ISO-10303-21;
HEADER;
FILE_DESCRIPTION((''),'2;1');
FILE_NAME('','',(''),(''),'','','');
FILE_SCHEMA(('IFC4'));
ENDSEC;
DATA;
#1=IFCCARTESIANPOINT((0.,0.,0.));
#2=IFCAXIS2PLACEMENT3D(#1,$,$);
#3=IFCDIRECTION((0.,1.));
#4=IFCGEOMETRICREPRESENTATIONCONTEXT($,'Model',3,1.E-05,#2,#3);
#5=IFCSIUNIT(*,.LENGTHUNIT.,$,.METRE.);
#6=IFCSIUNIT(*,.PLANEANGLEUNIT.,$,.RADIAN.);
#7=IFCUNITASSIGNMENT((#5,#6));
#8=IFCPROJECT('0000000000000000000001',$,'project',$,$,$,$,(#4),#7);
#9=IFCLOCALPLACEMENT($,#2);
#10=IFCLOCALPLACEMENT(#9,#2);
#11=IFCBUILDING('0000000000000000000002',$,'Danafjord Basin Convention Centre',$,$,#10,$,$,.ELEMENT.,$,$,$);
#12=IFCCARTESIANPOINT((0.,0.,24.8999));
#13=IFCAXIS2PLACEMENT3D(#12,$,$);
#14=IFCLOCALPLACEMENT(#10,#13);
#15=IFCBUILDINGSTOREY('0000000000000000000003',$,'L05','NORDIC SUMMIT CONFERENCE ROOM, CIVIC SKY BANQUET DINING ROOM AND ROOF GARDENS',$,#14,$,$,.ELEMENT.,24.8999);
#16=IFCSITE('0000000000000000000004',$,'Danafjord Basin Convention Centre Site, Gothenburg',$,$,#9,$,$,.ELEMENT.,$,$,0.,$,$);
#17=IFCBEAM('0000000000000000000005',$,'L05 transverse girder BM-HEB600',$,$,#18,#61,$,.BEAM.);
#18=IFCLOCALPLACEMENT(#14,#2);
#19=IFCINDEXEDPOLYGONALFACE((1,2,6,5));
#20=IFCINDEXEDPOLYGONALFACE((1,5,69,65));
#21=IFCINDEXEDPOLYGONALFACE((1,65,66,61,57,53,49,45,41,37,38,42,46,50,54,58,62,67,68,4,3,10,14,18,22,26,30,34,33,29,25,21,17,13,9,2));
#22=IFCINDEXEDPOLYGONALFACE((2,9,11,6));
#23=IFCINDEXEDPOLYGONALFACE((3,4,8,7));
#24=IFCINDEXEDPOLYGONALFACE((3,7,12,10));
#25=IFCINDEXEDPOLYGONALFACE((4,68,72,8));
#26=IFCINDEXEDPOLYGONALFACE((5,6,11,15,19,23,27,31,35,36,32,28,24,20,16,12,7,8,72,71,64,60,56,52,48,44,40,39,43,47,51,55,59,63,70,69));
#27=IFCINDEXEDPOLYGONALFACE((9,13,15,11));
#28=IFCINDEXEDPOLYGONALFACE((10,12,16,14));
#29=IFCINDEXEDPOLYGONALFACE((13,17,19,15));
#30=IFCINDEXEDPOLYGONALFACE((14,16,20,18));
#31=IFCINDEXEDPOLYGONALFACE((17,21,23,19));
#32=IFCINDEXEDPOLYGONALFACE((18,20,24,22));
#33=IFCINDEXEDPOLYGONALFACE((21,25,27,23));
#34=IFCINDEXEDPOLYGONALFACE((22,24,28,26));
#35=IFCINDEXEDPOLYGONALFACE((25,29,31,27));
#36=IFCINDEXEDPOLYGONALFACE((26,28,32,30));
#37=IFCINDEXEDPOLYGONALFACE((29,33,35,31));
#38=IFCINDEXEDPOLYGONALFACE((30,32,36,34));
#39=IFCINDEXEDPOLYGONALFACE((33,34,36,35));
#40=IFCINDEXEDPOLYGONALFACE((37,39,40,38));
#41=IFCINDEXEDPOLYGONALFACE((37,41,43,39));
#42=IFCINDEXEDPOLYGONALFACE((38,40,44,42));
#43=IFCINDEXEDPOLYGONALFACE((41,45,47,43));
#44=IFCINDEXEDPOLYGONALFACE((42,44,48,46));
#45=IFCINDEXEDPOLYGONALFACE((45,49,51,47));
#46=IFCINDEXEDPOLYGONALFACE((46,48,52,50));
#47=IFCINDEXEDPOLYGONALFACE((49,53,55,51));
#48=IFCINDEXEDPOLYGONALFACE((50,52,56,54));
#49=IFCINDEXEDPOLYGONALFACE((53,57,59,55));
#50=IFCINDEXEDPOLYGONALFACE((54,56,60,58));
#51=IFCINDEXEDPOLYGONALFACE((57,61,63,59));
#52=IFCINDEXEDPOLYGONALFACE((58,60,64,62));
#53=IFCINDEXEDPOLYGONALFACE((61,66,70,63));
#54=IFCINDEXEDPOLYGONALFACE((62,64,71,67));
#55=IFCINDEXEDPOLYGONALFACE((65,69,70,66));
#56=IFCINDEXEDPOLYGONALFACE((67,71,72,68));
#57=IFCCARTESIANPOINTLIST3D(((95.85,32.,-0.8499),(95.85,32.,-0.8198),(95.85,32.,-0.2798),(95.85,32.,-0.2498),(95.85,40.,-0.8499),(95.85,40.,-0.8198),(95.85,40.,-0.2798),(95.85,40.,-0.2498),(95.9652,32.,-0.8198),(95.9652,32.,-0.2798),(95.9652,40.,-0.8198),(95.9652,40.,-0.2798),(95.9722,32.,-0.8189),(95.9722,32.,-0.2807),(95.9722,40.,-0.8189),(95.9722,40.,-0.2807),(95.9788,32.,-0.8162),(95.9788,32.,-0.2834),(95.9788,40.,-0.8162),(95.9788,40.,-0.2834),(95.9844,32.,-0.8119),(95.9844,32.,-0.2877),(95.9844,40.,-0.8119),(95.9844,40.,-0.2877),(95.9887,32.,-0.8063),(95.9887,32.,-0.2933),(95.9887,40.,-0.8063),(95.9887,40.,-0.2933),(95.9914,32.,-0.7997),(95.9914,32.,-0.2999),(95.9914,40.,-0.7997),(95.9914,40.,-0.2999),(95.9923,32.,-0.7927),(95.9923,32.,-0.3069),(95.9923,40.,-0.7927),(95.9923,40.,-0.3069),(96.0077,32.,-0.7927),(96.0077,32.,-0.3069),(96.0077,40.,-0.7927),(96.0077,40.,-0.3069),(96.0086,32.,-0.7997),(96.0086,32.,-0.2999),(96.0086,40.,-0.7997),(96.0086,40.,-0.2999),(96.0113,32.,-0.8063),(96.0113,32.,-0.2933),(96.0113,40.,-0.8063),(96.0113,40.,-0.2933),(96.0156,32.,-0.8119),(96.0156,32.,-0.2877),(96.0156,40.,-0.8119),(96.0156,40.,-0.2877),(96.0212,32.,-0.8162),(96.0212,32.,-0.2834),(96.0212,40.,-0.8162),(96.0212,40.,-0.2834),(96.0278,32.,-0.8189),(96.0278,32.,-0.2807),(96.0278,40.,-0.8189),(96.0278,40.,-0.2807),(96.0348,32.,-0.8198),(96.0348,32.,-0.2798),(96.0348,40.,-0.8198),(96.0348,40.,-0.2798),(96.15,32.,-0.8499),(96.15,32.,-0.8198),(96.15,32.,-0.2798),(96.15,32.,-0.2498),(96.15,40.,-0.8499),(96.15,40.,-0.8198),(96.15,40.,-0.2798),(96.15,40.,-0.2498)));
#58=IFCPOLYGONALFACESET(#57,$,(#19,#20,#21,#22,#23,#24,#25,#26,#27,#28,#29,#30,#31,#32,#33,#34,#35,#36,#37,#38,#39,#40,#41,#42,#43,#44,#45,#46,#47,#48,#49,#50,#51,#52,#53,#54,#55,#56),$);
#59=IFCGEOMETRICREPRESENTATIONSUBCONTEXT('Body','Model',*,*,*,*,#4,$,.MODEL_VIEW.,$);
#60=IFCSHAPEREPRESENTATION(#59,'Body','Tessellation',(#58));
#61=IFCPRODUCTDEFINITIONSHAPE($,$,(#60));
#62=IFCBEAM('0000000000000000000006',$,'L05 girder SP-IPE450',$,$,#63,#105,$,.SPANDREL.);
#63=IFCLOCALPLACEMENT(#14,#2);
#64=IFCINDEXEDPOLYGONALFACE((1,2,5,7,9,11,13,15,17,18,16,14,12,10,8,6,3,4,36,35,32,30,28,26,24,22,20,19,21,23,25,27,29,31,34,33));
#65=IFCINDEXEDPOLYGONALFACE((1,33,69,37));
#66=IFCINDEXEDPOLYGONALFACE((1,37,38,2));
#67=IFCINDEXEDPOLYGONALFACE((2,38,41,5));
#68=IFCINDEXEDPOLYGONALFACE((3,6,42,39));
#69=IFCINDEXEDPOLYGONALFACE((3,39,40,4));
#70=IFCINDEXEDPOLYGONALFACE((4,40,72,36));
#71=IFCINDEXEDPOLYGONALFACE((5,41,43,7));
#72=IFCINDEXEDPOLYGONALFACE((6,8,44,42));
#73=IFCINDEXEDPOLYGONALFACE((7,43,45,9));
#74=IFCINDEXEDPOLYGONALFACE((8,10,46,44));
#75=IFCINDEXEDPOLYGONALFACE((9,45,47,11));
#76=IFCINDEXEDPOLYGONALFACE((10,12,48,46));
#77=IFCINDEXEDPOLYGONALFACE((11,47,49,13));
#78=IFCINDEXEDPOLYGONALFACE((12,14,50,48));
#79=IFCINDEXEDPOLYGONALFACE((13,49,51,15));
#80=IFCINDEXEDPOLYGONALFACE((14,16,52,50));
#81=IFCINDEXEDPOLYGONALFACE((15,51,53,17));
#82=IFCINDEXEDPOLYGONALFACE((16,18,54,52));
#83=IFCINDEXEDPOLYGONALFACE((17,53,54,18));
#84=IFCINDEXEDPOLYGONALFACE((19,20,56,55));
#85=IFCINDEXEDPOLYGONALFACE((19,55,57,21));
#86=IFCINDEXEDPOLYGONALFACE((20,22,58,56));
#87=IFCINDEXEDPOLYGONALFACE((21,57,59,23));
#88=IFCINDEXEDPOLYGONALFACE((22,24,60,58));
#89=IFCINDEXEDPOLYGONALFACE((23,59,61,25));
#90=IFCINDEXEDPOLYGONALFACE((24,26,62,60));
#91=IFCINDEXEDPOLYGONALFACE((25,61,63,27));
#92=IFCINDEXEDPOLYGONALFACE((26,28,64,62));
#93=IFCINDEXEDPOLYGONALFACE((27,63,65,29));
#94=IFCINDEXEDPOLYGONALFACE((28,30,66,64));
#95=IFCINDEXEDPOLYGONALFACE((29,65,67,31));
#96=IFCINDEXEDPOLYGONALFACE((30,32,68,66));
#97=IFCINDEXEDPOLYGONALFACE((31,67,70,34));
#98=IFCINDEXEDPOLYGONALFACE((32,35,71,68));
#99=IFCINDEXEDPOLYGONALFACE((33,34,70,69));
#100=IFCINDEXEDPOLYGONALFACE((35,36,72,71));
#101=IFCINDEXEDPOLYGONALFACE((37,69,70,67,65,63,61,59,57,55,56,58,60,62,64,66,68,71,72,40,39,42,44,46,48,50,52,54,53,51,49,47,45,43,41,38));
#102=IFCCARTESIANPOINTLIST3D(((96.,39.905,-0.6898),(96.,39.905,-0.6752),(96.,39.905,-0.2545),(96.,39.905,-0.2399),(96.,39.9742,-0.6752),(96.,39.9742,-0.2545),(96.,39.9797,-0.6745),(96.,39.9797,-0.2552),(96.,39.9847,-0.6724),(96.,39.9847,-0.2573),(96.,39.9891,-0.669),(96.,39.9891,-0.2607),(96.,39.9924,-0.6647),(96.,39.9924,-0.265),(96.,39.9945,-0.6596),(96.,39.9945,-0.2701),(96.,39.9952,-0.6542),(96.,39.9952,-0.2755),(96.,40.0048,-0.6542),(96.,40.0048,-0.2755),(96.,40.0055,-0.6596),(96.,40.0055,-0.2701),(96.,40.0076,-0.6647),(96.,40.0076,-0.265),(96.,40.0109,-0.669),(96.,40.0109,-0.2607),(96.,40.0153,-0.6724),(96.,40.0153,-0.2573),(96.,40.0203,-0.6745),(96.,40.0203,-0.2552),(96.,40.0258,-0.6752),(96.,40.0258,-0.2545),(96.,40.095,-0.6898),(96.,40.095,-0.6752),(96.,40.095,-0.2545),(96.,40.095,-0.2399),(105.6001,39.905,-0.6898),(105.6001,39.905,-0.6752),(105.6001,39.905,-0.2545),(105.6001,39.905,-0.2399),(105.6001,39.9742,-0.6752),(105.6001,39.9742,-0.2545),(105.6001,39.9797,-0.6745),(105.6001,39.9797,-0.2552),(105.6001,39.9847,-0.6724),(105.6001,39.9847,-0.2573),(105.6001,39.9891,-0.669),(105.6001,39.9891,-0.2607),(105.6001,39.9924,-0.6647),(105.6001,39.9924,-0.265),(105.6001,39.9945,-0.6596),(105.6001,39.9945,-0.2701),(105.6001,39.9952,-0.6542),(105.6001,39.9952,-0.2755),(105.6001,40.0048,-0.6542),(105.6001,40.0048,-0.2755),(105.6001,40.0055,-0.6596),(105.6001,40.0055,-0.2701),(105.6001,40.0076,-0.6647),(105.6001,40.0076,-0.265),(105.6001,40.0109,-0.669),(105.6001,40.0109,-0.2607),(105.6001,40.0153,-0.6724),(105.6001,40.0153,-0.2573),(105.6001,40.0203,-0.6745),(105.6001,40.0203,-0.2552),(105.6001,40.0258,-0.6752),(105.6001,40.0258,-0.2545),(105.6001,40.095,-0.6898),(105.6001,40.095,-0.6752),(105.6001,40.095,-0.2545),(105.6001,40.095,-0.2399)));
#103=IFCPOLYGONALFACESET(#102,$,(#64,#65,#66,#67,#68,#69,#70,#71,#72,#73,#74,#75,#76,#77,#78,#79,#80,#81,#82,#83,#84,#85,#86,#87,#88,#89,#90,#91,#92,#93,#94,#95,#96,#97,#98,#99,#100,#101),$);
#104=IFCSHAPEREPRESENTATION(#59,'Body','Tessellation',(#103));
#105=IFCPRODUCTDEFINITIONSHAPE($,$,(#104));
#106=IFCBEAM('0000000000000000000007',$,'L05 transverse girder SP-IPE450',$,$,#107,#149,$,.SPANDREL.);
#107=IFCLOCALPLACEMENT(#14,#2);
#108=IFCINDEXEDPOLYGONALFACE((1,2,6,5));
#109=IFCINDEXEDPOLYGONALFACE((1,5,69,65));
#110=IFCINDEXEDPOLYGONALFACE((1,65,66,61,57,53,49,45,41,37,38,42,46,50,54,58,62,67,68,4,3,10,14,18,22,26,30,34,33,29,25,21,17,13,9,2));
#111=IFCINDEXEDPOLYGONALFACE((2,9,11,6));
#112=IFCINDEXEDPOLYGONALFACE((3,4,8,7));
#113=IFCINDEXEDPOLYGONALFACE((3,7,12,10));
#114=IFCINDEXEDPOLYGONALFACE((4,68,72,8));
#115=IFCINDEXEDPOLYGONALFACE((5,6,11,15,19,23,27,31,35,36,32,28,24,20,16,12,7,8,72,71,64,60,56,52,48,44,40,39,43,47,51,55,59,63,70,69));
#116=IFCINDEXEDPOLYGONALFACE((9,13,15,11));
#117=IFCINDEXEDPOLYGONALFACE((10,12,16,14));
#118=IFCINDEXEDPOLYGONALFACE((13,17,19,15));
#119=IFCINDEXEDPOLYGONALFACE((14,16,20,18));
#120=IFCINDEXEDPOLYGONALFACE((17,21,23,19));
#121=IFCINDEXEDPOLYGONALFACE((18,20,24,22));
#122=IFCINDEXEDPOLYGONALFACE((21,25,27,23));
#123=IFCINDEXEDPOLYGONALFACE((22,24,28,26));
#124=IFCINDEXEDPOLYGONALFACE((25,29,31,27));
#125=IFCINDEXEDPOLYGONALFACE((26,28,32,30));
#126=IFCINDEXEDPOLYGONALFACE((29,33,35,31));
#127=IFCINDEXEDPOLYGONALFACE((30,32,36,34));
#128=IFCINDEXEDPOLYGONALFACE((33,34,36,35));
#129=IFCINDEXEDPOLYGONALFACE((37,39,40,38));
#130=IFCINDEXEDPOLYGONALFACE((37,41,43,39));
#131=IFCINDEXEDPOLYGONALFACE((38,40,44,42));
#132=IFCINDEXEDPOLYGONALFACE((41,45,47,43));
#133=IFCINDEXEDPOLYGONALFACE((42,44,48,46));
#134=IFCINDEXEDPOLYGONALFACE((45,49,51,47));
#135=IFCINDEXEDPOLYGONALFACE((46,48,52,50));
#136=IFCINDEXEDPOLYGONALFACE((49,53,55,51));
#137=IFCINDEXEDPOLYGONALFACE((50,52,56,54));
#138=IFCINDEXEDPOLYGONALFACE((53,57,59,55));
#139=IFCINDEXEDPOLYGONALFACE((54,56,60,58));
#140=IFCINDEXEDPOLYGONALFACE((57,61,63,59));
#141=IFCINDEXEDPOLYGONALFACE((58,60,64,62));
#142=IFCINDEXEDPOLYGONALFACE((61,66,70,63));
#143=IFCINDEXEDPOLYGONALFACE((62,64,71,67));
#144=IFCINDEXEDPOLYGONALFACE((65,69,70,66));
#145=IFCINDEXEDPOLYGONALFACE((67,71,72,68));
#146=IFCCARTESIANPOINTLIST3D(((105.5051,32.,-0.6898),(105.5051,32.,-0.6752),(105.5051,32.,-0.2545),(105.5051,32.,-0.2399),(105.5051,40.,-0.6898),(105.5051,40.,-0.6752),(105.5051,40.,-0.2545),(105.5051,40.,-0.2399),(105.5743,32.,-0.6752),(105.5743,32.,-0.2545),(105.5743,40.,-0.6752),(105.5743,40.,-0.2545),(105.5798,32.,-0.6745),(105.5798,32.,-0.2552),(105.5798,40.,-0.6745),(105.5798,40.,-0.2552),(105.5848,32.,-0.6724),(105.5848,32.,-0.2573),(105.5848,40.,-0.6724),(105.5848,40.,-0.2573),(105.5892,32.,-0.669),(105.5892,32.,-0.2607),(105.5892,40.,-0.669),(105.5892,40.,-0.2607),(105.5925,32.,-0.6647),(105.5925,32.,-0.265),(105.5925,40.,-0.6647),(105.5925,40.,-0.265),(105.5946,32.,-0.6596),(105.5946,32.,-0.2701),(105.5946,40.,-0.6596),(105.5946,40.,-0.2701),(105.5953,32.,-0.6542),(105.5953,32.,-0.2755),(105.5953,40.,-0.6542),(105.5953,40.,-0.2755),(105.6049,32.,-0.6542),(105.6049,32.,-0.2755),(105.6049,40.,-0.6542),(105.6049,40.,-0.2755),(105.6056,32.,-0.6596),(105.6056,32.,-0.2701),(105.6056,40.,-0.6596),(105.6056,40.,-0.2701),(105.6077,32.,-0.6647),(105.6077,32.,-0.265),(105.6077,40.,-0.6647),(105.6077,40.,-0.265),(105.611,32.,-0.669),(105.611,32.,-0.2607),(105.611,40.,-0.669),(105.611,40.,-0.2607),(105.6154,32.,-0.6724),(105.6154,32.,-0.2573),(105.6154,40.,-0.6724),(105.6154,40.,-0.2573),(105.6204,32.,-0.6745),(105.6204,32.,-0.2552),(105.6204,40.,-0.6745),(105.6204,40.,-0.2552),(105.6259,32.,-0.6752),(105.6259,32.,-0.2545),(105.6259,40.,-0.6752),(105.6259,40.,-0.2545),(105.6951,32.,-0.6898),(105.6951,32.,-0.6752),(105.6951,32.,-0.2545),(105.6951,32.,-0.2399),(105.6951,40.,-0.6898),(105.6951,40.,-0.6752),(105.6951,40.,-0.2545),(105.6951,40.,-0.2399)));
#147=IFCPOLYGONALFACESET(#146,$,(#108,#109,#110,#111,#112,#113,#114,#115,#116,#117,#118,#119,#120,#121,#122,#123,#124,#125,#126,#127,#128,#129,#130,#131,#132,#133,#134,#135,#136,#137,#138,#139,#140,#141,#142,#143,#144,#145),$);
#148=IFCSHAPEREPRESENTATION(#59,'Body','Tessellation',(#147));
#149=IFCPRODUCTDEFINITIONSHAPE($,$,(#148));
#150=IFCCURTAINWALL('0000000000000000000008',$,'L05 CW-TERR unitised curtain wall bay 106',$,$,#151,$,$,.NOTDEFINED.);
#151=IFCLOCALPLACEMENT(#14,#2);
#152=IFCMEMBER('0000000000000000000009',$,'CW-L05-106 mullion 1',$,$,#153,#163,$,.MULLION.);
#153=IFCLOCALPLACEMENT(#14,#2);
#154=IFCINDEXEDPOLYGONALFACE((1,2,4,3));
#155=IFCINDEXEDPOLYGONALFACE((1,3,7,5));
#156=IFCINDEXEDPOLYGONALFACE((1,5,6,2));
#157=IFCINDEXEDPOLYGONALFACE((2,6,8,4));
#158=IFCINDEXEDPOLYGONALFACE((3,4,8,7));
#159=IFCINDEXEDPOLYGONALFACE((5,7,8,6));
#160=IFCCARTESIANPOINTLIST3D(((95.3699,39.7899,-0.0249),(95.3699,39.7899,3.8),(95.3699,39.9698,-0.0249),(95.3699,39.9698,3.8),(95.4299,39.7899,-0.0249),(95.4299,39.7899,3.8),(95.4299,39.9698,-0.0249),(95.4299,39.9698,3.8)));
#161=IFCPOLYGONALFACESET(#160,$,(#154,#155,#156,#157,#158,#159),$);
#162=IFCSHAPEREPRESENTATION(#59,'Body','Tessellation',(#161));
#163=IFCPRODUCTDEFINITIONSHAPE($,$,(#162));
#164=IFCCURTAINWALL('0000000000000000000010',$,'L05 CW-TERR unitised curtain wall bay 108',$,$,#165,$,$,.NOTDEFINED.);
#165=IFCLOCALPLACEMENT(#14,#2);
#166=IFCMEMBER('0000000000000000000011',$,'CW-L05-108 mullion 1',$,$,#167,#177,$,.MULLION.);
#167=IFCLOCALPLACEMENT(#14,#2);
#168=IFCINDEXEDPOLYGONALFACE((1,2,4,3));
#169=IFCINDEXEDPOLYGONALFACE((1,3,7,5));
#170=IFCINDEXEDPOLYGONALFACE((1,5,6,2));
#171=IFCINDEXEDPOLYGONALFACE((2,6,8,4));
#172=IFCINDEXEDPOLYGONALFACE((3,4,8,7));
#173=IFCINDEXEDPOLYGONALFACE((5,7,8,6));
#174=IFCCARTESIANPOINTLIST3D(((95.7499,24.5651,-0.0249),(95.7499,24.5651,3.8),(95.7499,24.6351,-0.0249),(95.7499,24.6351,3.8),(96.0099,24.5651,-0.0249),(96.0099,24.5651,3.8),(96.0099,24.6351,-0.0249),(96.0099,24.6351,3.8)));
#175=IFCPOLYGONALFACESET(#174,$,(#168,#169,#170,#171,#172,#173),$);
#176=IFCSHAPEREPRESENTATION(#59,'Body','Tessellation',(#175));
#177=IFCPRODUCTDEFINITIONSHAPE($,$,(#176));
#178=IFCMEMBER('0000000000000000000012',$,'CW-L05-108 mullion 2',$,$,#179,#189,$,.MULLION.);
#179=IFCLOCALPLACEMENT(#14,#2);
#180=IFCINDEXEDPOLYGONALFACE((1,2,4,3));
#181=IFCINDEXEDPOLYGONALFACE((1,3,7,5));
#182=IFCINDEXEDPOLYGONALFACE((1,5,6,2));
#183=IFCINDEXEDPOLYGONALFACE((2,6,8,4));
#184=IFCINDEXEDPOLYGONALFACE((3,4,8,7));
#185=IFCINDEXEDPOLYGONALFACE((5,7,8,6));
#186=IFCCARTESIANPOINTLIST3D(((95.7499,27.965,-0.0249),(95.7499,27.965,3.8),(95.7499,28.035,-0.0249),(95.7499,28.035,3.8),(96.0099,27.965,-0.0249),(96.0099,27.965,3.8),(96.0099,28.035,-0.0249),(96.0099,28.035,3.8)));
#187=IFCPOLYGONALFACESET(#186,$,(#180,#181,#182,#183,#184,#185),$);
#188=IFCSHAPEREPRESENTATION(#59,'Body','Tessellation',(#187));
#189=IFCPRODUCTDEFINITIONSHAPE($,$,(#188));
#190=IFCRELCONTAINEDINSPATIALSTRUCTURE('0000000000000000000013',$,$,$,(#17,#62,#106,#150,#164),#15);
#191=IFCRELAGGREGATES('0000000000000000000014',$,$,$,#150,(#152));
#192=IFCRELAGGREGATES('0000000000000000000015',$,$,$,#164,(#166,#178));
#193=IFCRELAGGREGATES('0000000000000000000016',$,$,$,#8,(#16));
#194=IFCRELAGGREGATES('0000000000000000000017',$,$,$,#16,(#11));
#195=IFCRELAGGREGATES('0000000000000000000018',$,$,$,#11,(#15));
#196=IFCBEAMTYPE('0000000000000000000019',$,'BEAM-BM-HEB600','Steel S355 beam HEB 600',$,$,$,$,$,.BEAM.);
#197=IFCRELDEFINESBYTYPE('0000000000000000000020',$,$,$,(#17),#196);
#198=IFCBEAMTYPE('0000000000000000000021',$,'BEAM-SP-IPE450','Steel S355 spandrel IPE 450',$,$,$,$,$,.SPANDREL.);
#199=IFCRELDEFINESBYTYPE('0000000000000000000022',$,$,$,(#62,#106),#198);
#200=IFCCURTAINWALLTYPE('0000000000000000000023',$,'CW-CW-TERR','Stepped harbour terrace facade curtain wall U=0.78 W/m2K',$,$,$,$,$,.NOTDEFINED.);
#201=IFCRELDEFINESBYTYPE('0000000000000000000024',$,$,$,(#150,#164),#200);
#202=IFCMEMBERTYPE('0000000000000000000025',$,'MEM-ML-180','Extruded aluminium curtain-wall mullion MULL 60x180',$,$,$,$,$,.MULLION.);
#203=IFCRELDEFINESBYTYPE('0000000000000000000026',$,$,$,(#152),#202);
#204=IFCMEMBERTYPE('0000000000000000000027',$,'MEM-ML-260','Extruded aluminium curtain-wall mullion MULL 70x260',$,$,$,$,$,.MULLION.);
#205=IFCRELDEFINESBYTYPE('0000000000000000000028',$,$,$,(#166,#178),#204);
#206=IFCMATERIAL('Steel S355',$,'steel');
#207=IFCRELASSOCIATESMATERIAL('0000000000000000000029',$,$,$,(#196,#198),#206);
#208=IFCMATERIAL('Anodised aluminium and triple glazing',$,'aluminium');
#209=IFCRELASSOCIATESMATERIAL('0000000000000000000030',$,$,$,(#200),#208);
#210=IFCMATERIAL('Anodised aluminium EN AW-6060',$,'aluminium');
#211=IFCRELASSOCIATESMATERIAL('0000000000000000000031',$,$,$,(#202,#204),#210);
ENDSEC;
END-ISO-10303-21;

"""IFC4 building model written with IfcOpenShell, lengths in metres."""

from ifc_helpers import new_model, si_unit, direction, frame, origin, origin_2d, place, context, subcontext, project, spatial, rectangle, i_section, extrude, material, material_profile, profile_set, type_object, element, aggregate, save


model = new_model("IFC4")

# Units and contexts
model_context = context("Model", 3, precision=1e-05, world=origin(), true_north=direction((0.0, 1.0)))
body_context = subcontext(model_context, "Body", "Model", "MODEL_VIEW")
ifc_project = project(units=[si_unit("LENGTHUNIT", "METRE"), si_unit("PLANEANGLEUNIT", "RADIAN")], contexts=[model_context])

# Site, building, storey
site_placement = place(None, origin())
site = spatial("IfcSite", under=ifc_project, at=site_placement, Name="Danafjord Basin Convention Centre Site, Gothenburg", CompositionType="ELEMENT", RefElevation=0.0)
building_placement = place(site_placement, origin())
building = spatial("IfcBuilding", under=site, at=building_placement, Name="Danafjord Basin Convention Centre", CompositionType="ELEMENT")
storey_placement = place(building_placement, frame((0.0, 0.0, 24.8999)))
storey = spatial("IfcBuildingStorey", under=building, at=storey_placement, Name="L05", Description="NORDIC SUMMIT CONFERENCE ROOM, CIVIC SKY BANQUET DINING ROOM AND ROOF GARDENS", CompositionType="ELEMENT", Elevation=24.8999)

# Shared definitions
ifc_material_1 = material(Name="Steel S355", Category="steel")

# Beams
ifc_material_profile_1 = material_profile(ifc_material_1, i_section(OverallWidth=0.3, OverallDepth=0.6001, WebThickness=0.0154, FlangeThickness=0.03, FilletRadius=0.0271, at=origin_2d()), Name="HEB 600")
ifc_profile_set_1 = profile_set([ifc_material_profile_1], Name="Steel S355")
beam_type_1 = type_object("IfcBeamType", Name="BEAM-BM-HEB600", Description="Steel S355 beam HEB 600", PredefinedType="BEAM", material=ifc_profile_set_1)
beam_1_placement = place(storey_placement, frame((96.0, 32.0, -0.5498), z_axis=(0.0, 1.0, 0.0), x_axis=(-1.0, 0.0, 0.0)))
element("IfcBeam", 1, at=beam_1_placement, inside=storey, type_object=beam_type_1, Name="L05 transverse girder BM-HEB600", PredefinedType="BEAM", context=body_context, shape_type="SweptSolid", body=[
    extrude(i_section(OverallWidth=0.3, OverallDepth=0.6001, WebThickness=0.0154, FlangeThickness=0.03, FilletRadius=0.0271, at=origin_2d()), origin(), (0.0, 0.0, 1.0), 8.0),
])
ifc_material_profile_2 = material_profile(ifc_material_1, i_section(OverallWidth=0.1899, OverallDepth=0.45, WebThickness=0.0095, FlangeThickness=0.0146, FilletRadius=0.021, at=origin_2d()), Name="IPE 450")
ifc_profile_set_2 = profile_set([ifc_material_profile_2], Name="Steel S355")
beam_type_2 = type_object("IfcBeamType", Name="BEAM-SP-IPE450", Description="Steel S355 spandrel IPE 450", PredefinedType="SPANDREL", material=ifc_profile_set_2)
beam_2_placement = place(storey_placement, frame((96.0, 40.0, -0.4648), z_axis=(1.0, 0.0, 0.0), x_axis=(0.0, 1.0, 0.0)))
element("IfcBeam", 2, at=beam_2_placement, inside=storey, type_object=beam_type_2, Name="L05 girder SP-IPE450", PredefinedType="SPANDREL", context=body_context, shape_type="SweptSolid", body=[
    extrude(i_section(OverallWidth=0.1899, OverallDepth=0.45, WebThickness=0.0095, FlangeThickness=0.0146, FilletRadius=0.021, at=origin_2d()), origin(), (0.0, 0.0, 1.0), 9.6001),
])
beam_3_placement = place(storey_placement, frame((105.6001, 32.0, -0.4648), z_axis=(0.0, 1.0, 0.0), x_axis=(-1.0, 0.0, 0.0)))
element("IfcBeam", 3, at=beam_3_placement, inside=storey, type_object=beam_type_2, Name="L05 transverse girder SP-IPE450", PredefinedType="SPANDREL", context=body_context, shape_type="SweptSolid", body=[
    extrude(i_section(OverallWidth=0.1899, OverallDepth=0.45, WebThickness=0.0095, FlangeThickness=0.0146, FilletRadius=0.021, at=origin_2d()), origin(), (0.0, 0.0, 1.0), 8.0),
])

# Curtain wall, member
ifc_material_2 = material(Name="Anodised aluminium and triple glazing", Category="aluminium")
curtain_wall_type = type_object("IfcCurtainWallType", Name="CW-CW-TERR", Description="Stepped harbour terrace facade curtain wall U=0.78 W/m2K", PredefinedType="NOTDEFINED", material=ifc_material_2)
curtain_wall_1_placement = place(storey_placement, origin())
curtain_wall_1 = element("IfcCurtainWall", 4, at=curtain_wall_1_placement, inside=storey, type_object=curtain_wall_type, Name="L05 CW-TERR unitised curtain wall bay 106", PredefinedType="NOTDEFINED")
ifc_material_3 = material(Name="Anodised aluminium EN AW-6060", Category="aluminium")
ifc_material_profile_3 = material_profile(ifc_material_3, rectangle(XDim=0.0601, YDim=0.1799, at=origin_2d()), Name="MULL 60x180")
ifc_profile_set_3 = profile_set([ifc_material_profile_3], Name="Anodised aluminium EN AW-6060")
member_type_1 = type_object("IfcMemberType", Name="MEM-ML-180", Description="Extruded aluminium curtain-wall mullion MULL 60x180", PredefinedType="MULLION", material=ifc_profile_set_3)
member_1_placement = place(storey_placement, frame((95.3999, 39.8799, -0.0249), z_axis=(0.0, 0.0, 1.0), x_axis=(-1.0, 0.0, 0.0)))
member_1 = element("IfcMember", 5, at=member_1_placement, type_object=member_type_1, Name="CW-L05-106 mullion 1", PredefinedType="MULLION", context=body_context, shape_type="SweptSolid", body=[
    extrude(rectangle(XDim=0.0601, YDim=0.1799, at=origin_2d()), origin(), (0.0, 0.0, 1.0), 3.825),
])

# Curtain wall, members
curtain_wall_2_placement = place(storey_placement, origin())
curtain_wall_2 = element("IfcCurtainWall", 6, at=curtain_wall_2_placement, inside=storey, type_object=curtain_wall_type, Name="L05 CW-TERR unitised curtain wall bay 108", PredefinedType="NOTDEFINED")
ifc_material_profile_4 = material_profile(ifc_material_3, rectangle(XDim=0.0701, YDim=0.26, at=origin_2d()), Name="MULL 70x260")
ifc_profile_set_4 = profile_set([ifc_material_profile_4], Name="Anodised aluminium EN AW-6060")
member_type_2 = type_object("IfcMemberType", Name="MEM-ML-260", Description="Extruded aluminium curtain-wall mullion MULL 70x260", PredefinedType="MULLION", material=ifc_profile_set_4)
member_2_placement = place(storey_placement, frame((95.8799, 24.6001, -0.0249), z_axis=(0.0, 0.0, 1.0), x_axis=(0.0, 1.0, 0.0)))
member_2 = element("IfcMember", 7, at=member_2_placement, type_object=member_type_2, Name="CW-L05-108 mullion 1", PredefinedType="MULLION", context=body_context, shape_type="SweptSolid", body=[
    extrude(rectangle(XDim=0.0701, YDim=0.26, at=origin_2d()), origin(), (0.0, 0.0, 1.0), 3.825),
])
member_3_placement = place(storey_placement, frame((95.8799, 28.0, -0.0249), z_axis=(0.0, 0.0, 1.0), x_axis=(0.0, 1.0, 0.0)))
member_3 = element("IfcMember", 8, at=member_3_placement, type_object=member_type_2, Name="CW-L05-108 mullion 2", PredefinedType="MULLION", context=body_context, shape_type="SweptSolid", body=[
    extrude(rectangle(XDim=0.0701, YDim=0.26, at=origin_2d()), origin(), (0.0, 0.0, 1.0), 3.825),
])

aggregate(curtain_wall_1, [member_1])
aggregate(curtain_wall_2, [member_2, member_3])

save(model, "model.ifc")
